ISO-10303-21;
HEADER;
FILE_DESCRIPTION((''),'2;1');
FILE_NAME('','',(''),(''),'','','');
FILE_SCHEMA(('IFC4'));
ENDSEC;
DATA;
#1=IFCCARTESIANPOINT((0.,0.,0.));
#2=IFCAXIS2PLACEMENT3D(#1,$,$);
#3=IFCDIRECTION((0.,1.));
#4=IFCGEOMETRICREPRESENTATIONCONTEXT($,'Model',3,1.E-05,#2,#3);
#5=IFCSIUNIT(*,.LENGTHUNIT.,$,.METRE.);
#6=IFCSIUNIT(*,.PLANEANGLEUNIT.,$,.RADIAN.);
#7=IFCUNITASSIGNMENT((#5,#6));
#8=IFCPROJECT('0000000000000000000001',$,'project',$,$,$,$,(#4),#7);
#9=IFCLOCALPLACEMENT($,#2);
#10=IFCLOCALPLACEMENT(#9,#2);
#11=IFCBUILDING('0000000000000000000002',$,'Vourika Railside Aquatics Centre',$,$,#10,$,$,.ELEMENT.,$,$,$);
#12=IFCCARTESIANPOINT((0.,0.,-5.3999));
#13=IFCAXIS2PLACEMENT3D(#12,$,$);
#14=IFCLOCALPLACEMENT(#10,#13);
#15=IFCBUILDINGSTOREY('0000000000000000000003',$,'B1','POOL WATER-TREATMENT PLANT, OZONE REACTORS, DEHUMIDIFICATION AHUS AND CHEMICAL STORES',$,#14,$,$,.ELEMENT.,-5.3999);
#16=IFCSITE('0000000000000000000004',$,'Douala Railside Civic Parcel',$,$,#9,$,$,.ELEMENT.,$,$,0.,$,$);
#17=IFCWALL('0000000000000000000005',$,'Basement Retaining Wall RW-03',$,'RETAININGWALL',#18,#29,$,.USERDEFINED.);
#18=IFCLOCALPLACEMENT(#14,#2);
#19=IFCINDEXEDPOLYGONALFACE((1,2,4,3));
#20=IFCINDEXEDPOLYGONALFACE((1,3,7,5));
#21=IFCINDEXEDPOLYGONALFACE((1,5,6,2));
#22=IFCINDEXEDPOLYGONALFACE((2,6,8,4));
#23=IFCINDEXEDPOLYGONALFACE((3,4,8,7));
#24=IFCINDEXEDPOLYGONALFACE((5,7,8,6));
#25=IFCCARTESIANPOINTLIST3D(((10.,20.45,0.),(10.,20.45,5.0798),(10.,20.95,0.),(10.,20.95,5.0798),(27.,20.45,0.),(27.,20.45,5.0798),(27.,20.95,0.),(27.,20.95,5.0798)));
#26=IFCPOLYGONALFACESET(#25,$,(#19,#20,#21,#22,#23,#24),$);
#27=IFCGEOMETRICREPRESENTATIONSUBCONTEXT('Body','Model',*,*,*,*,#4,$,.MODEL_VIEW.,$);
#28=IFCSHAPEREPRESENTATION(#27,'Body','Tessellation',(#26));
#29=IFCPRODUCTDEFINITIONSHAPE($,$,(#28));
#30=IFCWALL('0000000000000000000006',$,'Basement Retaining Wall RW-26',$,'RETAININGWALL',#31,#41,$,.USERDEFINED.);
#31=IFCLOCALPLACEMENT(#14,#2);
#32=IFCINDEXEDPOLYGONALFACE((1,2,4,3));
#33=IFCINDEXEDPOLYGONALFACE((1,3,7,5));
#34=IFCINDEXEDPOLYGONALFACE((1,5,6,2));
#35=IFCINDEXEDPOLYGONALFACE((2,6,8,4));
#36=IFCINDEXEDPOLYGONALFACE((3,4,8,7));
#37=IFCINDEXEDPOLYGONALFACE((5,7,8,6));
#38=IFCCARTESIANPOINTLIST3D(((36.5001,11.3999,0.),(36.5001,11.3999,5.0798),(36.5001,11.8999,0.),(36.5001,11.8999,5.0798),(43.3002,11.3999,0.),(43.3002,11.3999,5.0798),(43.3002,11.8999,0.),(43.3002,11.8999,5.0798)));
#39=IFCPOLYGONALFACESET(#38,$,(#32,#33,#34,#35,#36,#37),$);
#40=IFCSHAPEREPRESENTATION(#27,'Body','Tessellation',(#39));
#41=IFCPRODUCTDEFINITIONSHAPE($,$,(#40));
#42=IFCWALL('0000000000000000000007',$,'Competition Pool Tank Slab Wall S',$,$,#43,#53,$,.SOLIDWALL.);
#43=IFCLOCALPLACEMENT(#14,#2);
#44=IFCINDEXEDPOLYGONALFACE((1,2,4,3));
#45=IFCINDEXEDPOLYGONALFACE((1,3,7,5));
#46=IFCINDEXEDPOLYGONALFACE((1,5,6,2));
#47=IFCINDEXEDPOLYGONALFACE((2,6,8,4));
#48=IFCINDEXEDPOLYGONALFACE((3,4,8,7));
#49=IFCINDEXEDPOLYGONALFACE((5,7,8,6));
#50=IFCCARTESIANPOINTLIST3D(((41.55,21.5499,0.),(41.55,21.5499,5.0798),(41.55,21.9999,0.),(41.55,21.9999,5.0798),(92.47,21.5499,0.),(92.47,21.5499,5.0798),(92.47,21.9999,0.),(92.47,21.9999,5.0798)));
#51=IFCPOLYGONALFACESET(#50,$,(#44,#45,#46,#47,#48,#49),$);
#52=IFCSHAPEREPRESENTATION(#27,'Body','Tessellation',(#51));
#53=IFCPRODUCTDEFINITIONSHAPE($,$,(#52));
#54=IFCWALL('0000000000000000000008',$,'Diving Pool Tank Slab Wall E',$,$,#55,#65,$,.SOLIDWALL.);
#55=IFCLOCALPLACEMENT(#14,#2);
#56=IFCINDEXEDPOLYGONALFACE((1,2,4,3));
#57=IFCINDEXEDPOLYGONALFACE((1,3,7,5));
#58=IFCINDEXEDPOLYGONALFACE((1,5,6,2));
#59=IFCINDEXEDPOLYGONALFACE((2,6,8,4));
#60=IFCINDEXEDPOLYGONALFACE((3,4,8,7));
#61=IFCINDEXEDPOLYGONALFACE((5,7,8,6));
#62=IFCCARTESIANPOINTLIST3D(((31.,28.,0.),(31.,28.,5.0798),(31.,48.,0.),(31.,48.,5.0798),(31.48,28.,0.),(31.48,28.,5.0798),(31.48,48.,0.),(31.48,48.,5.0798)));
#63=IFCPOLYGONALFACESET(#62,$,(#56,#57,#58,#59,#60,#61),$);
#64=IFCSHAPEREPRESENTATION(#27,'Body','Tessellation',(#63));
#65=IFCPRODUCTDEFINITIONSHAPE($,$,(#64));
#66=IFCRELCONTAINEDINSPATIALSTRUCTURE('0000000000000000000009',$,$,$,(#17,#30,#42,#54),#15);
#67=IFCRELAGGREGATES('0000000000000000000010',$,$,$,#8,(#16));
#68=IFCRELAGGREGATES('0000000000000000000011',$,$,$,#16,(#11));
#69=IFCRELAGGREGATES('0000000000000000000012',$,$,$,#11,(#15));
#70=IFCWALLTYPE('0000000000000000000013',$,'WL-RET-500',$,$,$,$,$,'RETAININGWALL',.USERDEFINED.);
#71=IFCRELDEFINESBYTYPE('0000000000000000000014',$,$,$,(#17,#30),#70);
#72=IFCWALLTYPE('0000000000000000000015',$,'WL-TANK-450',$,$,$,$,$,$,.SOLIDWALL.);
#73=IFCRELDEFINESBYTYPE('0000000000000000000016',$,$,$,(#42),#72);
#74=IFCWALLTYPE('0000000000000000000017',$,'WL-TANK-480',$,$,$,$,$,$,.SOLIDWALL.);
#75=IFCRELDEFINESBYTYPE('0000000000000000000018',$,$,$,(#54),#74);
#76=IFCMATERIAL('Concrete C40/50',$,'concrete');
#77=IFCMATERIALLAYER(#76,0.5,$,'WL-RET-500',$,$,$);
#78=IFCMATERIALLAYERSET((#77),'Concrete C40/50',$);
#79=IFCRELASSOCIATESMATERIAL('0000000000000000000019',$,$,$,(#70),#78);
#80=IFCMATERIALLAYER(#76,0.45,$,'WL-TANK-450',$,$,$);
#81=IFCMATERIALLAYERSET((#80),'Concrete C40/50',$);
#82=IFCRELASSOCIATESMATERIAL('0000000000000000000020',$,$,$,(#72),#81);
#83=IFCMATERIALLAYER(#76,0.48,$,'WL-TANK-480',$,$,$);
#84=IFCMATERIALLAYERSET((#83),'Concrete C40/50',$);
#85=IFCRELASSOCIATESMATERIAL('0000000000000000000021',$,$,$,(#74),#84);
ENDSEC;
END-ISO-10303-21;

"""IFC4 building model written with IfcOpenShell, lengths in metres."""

from ifc_helpers import new_model, si_unit, direction, frame, frame_2d, origin, place, context, subcontext, project, spatial, rectangle, extrude, material, layer, layer_set, type_object, element, save


model = new_model("IFC4")

# Units and contexts
model_context = context("Model", 3, precision=1e-05, world=origin(), true_north=direction((0.0, 1.0)))
body_context = subcontext(model_context, "Body", "Model", "MODEL_VIEW")
ifc_project = project(units=[si_unit("LENGTHUNIT", "METRE"), si_unit("PLANEANGLEUNIT", "RADIAN")], contexts=[model_context])

# Site, building, storey
site_placement = place(None, origin())
site = spatial("IfcSite", under=ifc_project, at=site_placement, Name="Douala Railside Civic Parcel", CompositionType="ELEMENT", RefElevation=0.0)
building_placement = place(site_placement, origin())
building = spatial("IfcBuilding", under=site, at=building_placement, Name="Vourika Railside Aquatics Centre", CompositionType="ELEMENT")
storey_placement = place(building_placement, frame((0.0, 0.0, -5.3999)))
storey = spatial("IfcBuildingStorey", under=building, at=storey_placement, Name="B1", Description="POOL WATER-TREATMENT PLANT, OZONE REACTORS, DEHUMIDIFICATION AHUS AND CHEMICAL STORES", CompositionType="ELEMENT", Elevation=-5.3999)

# Shared definitions
ifc_material_1 = material(Name="Concrete C40/50", Category="concrete")

# Walls
ifc_layer_1 = layer(ifc_material_1, 0.5, Name="WL-RET-500")
ifc_layer_set_1 = layer_set([ifc_layer_1], Name="Concrete C40/50")
wall_type_1 = type_object("IfcWallType", Name="WL-RET-500", ElementType="RETAININGWALL", PredefinedType="USERDEFINED", material=ifc_layer_set_1)
wall_1_placement = place(storey_placement, frame((27.0, 20.7, 0.0), z_axis=(0.0, 0.0, 1.0), x_axis=(-1.0, 0.0, 0.0)))
element("IfcWall", 1, at=wall_1_placement, inside=storey, type_object=wall_type_1, Name="Basement Retaining Wall RW-03", ObjectType="RETAININGWALL", PredefinedType="USERDEFINED", context=body_context, shape_type="SweptSolid", body=[
    extrude(rectangle(XDim=17.0, YDim=0.5, at=frame_2d((8.5, 0.0))), origin(), (0.0, 0.0, 1.0), 5.0798),
])
wall_2_placement = place(storey_placement, frame((43.3, 11.6499, 0.0), z_axis=(0.0, 0.0, 1.0), x_axis=(-1.0, 0.0, 0.0)))
element("IfcWall", 2, at=wall_2_placement, inside=storey, type_object=wall_type_1, Name="Basement Retaining Wall RW-26", ObjectType="RETAININGWALL", PredefinedType="USERDEFINED", context=body_context, shape_type="SweptSolid", body=[
    extrude(rectangle(XDim=6.8, YDim=0.5, at=frame_2d((3.3999, 0.0))), origin(), (0.0, 0.0, 1.0), 5.0798),
])
ifc_layer_2 = layer(ifc_material_1, 0.45, Name="WL-TANK-450")
ifc_layer_set_2 = layer_set([ifc_layer_2], Name="Concrete C40/50")
wall_type_2 = type_object("IfcWallType", Name="WL-TANK-450", PredefinedType="SOLIDWALL", material=ifc_layer_set_2)
wall_3_placement = place(storey_placement, frame((41.55, 21.7749, 0.0), z_axis=(0.0, 0.0, 1.0), x_axis=(1.0, 0.0, 0.0)))
element("IfcWall", 3, at=wall_3_placement, inside=storey, type_object=wall_type_2, Name="Competition Pool Tank Slab Wall S", PredefinedType="SOLIDWALL", context=body_context, shape_type="SweptSolid", body=[
    extrude(rectangle(XDim=50.9199, YDim=0.45, at=frame_2d((25.46, 0.0))), origin(), (0.0, 0.0, 1.0), 5.0798),
])
ifc_layer_3 = layer(ifc_material_1, 0.48, Name="WL-TANK-480")
ifc_layer_set_3 = layer_set([ifc_layer_3], Name="Concrete C40/50")
wall_type_3 = type_object("IfcWallType", Name="WL-TANK-480", PredefinedType="SOLIDWALL", material=ifc_layer_set_3)
wall_4_placement = place(storey_placement, frame((31.24, 28.0, 0.0), z_axis=(0.0, 0.0, 1.0), x_axis=(0.0, 1.0, 0.0)))
element("IfcWall", 4, at=wall_4_placement, inside=storey, type_object=wall_type_3, Name="Diving Pool Tank Slab Wall E", PredefinedType="SOLIDWALL", context=body_context, shape_type="SweptSolid", body=[
    extrude(rectangle(XDim=20.0, YDim=0.48, at=frame_2d((10.0, 0.0))), origin(), (0.0, 0.0, 1.0), 5.0798),
])

save(model, "model.ifc")
